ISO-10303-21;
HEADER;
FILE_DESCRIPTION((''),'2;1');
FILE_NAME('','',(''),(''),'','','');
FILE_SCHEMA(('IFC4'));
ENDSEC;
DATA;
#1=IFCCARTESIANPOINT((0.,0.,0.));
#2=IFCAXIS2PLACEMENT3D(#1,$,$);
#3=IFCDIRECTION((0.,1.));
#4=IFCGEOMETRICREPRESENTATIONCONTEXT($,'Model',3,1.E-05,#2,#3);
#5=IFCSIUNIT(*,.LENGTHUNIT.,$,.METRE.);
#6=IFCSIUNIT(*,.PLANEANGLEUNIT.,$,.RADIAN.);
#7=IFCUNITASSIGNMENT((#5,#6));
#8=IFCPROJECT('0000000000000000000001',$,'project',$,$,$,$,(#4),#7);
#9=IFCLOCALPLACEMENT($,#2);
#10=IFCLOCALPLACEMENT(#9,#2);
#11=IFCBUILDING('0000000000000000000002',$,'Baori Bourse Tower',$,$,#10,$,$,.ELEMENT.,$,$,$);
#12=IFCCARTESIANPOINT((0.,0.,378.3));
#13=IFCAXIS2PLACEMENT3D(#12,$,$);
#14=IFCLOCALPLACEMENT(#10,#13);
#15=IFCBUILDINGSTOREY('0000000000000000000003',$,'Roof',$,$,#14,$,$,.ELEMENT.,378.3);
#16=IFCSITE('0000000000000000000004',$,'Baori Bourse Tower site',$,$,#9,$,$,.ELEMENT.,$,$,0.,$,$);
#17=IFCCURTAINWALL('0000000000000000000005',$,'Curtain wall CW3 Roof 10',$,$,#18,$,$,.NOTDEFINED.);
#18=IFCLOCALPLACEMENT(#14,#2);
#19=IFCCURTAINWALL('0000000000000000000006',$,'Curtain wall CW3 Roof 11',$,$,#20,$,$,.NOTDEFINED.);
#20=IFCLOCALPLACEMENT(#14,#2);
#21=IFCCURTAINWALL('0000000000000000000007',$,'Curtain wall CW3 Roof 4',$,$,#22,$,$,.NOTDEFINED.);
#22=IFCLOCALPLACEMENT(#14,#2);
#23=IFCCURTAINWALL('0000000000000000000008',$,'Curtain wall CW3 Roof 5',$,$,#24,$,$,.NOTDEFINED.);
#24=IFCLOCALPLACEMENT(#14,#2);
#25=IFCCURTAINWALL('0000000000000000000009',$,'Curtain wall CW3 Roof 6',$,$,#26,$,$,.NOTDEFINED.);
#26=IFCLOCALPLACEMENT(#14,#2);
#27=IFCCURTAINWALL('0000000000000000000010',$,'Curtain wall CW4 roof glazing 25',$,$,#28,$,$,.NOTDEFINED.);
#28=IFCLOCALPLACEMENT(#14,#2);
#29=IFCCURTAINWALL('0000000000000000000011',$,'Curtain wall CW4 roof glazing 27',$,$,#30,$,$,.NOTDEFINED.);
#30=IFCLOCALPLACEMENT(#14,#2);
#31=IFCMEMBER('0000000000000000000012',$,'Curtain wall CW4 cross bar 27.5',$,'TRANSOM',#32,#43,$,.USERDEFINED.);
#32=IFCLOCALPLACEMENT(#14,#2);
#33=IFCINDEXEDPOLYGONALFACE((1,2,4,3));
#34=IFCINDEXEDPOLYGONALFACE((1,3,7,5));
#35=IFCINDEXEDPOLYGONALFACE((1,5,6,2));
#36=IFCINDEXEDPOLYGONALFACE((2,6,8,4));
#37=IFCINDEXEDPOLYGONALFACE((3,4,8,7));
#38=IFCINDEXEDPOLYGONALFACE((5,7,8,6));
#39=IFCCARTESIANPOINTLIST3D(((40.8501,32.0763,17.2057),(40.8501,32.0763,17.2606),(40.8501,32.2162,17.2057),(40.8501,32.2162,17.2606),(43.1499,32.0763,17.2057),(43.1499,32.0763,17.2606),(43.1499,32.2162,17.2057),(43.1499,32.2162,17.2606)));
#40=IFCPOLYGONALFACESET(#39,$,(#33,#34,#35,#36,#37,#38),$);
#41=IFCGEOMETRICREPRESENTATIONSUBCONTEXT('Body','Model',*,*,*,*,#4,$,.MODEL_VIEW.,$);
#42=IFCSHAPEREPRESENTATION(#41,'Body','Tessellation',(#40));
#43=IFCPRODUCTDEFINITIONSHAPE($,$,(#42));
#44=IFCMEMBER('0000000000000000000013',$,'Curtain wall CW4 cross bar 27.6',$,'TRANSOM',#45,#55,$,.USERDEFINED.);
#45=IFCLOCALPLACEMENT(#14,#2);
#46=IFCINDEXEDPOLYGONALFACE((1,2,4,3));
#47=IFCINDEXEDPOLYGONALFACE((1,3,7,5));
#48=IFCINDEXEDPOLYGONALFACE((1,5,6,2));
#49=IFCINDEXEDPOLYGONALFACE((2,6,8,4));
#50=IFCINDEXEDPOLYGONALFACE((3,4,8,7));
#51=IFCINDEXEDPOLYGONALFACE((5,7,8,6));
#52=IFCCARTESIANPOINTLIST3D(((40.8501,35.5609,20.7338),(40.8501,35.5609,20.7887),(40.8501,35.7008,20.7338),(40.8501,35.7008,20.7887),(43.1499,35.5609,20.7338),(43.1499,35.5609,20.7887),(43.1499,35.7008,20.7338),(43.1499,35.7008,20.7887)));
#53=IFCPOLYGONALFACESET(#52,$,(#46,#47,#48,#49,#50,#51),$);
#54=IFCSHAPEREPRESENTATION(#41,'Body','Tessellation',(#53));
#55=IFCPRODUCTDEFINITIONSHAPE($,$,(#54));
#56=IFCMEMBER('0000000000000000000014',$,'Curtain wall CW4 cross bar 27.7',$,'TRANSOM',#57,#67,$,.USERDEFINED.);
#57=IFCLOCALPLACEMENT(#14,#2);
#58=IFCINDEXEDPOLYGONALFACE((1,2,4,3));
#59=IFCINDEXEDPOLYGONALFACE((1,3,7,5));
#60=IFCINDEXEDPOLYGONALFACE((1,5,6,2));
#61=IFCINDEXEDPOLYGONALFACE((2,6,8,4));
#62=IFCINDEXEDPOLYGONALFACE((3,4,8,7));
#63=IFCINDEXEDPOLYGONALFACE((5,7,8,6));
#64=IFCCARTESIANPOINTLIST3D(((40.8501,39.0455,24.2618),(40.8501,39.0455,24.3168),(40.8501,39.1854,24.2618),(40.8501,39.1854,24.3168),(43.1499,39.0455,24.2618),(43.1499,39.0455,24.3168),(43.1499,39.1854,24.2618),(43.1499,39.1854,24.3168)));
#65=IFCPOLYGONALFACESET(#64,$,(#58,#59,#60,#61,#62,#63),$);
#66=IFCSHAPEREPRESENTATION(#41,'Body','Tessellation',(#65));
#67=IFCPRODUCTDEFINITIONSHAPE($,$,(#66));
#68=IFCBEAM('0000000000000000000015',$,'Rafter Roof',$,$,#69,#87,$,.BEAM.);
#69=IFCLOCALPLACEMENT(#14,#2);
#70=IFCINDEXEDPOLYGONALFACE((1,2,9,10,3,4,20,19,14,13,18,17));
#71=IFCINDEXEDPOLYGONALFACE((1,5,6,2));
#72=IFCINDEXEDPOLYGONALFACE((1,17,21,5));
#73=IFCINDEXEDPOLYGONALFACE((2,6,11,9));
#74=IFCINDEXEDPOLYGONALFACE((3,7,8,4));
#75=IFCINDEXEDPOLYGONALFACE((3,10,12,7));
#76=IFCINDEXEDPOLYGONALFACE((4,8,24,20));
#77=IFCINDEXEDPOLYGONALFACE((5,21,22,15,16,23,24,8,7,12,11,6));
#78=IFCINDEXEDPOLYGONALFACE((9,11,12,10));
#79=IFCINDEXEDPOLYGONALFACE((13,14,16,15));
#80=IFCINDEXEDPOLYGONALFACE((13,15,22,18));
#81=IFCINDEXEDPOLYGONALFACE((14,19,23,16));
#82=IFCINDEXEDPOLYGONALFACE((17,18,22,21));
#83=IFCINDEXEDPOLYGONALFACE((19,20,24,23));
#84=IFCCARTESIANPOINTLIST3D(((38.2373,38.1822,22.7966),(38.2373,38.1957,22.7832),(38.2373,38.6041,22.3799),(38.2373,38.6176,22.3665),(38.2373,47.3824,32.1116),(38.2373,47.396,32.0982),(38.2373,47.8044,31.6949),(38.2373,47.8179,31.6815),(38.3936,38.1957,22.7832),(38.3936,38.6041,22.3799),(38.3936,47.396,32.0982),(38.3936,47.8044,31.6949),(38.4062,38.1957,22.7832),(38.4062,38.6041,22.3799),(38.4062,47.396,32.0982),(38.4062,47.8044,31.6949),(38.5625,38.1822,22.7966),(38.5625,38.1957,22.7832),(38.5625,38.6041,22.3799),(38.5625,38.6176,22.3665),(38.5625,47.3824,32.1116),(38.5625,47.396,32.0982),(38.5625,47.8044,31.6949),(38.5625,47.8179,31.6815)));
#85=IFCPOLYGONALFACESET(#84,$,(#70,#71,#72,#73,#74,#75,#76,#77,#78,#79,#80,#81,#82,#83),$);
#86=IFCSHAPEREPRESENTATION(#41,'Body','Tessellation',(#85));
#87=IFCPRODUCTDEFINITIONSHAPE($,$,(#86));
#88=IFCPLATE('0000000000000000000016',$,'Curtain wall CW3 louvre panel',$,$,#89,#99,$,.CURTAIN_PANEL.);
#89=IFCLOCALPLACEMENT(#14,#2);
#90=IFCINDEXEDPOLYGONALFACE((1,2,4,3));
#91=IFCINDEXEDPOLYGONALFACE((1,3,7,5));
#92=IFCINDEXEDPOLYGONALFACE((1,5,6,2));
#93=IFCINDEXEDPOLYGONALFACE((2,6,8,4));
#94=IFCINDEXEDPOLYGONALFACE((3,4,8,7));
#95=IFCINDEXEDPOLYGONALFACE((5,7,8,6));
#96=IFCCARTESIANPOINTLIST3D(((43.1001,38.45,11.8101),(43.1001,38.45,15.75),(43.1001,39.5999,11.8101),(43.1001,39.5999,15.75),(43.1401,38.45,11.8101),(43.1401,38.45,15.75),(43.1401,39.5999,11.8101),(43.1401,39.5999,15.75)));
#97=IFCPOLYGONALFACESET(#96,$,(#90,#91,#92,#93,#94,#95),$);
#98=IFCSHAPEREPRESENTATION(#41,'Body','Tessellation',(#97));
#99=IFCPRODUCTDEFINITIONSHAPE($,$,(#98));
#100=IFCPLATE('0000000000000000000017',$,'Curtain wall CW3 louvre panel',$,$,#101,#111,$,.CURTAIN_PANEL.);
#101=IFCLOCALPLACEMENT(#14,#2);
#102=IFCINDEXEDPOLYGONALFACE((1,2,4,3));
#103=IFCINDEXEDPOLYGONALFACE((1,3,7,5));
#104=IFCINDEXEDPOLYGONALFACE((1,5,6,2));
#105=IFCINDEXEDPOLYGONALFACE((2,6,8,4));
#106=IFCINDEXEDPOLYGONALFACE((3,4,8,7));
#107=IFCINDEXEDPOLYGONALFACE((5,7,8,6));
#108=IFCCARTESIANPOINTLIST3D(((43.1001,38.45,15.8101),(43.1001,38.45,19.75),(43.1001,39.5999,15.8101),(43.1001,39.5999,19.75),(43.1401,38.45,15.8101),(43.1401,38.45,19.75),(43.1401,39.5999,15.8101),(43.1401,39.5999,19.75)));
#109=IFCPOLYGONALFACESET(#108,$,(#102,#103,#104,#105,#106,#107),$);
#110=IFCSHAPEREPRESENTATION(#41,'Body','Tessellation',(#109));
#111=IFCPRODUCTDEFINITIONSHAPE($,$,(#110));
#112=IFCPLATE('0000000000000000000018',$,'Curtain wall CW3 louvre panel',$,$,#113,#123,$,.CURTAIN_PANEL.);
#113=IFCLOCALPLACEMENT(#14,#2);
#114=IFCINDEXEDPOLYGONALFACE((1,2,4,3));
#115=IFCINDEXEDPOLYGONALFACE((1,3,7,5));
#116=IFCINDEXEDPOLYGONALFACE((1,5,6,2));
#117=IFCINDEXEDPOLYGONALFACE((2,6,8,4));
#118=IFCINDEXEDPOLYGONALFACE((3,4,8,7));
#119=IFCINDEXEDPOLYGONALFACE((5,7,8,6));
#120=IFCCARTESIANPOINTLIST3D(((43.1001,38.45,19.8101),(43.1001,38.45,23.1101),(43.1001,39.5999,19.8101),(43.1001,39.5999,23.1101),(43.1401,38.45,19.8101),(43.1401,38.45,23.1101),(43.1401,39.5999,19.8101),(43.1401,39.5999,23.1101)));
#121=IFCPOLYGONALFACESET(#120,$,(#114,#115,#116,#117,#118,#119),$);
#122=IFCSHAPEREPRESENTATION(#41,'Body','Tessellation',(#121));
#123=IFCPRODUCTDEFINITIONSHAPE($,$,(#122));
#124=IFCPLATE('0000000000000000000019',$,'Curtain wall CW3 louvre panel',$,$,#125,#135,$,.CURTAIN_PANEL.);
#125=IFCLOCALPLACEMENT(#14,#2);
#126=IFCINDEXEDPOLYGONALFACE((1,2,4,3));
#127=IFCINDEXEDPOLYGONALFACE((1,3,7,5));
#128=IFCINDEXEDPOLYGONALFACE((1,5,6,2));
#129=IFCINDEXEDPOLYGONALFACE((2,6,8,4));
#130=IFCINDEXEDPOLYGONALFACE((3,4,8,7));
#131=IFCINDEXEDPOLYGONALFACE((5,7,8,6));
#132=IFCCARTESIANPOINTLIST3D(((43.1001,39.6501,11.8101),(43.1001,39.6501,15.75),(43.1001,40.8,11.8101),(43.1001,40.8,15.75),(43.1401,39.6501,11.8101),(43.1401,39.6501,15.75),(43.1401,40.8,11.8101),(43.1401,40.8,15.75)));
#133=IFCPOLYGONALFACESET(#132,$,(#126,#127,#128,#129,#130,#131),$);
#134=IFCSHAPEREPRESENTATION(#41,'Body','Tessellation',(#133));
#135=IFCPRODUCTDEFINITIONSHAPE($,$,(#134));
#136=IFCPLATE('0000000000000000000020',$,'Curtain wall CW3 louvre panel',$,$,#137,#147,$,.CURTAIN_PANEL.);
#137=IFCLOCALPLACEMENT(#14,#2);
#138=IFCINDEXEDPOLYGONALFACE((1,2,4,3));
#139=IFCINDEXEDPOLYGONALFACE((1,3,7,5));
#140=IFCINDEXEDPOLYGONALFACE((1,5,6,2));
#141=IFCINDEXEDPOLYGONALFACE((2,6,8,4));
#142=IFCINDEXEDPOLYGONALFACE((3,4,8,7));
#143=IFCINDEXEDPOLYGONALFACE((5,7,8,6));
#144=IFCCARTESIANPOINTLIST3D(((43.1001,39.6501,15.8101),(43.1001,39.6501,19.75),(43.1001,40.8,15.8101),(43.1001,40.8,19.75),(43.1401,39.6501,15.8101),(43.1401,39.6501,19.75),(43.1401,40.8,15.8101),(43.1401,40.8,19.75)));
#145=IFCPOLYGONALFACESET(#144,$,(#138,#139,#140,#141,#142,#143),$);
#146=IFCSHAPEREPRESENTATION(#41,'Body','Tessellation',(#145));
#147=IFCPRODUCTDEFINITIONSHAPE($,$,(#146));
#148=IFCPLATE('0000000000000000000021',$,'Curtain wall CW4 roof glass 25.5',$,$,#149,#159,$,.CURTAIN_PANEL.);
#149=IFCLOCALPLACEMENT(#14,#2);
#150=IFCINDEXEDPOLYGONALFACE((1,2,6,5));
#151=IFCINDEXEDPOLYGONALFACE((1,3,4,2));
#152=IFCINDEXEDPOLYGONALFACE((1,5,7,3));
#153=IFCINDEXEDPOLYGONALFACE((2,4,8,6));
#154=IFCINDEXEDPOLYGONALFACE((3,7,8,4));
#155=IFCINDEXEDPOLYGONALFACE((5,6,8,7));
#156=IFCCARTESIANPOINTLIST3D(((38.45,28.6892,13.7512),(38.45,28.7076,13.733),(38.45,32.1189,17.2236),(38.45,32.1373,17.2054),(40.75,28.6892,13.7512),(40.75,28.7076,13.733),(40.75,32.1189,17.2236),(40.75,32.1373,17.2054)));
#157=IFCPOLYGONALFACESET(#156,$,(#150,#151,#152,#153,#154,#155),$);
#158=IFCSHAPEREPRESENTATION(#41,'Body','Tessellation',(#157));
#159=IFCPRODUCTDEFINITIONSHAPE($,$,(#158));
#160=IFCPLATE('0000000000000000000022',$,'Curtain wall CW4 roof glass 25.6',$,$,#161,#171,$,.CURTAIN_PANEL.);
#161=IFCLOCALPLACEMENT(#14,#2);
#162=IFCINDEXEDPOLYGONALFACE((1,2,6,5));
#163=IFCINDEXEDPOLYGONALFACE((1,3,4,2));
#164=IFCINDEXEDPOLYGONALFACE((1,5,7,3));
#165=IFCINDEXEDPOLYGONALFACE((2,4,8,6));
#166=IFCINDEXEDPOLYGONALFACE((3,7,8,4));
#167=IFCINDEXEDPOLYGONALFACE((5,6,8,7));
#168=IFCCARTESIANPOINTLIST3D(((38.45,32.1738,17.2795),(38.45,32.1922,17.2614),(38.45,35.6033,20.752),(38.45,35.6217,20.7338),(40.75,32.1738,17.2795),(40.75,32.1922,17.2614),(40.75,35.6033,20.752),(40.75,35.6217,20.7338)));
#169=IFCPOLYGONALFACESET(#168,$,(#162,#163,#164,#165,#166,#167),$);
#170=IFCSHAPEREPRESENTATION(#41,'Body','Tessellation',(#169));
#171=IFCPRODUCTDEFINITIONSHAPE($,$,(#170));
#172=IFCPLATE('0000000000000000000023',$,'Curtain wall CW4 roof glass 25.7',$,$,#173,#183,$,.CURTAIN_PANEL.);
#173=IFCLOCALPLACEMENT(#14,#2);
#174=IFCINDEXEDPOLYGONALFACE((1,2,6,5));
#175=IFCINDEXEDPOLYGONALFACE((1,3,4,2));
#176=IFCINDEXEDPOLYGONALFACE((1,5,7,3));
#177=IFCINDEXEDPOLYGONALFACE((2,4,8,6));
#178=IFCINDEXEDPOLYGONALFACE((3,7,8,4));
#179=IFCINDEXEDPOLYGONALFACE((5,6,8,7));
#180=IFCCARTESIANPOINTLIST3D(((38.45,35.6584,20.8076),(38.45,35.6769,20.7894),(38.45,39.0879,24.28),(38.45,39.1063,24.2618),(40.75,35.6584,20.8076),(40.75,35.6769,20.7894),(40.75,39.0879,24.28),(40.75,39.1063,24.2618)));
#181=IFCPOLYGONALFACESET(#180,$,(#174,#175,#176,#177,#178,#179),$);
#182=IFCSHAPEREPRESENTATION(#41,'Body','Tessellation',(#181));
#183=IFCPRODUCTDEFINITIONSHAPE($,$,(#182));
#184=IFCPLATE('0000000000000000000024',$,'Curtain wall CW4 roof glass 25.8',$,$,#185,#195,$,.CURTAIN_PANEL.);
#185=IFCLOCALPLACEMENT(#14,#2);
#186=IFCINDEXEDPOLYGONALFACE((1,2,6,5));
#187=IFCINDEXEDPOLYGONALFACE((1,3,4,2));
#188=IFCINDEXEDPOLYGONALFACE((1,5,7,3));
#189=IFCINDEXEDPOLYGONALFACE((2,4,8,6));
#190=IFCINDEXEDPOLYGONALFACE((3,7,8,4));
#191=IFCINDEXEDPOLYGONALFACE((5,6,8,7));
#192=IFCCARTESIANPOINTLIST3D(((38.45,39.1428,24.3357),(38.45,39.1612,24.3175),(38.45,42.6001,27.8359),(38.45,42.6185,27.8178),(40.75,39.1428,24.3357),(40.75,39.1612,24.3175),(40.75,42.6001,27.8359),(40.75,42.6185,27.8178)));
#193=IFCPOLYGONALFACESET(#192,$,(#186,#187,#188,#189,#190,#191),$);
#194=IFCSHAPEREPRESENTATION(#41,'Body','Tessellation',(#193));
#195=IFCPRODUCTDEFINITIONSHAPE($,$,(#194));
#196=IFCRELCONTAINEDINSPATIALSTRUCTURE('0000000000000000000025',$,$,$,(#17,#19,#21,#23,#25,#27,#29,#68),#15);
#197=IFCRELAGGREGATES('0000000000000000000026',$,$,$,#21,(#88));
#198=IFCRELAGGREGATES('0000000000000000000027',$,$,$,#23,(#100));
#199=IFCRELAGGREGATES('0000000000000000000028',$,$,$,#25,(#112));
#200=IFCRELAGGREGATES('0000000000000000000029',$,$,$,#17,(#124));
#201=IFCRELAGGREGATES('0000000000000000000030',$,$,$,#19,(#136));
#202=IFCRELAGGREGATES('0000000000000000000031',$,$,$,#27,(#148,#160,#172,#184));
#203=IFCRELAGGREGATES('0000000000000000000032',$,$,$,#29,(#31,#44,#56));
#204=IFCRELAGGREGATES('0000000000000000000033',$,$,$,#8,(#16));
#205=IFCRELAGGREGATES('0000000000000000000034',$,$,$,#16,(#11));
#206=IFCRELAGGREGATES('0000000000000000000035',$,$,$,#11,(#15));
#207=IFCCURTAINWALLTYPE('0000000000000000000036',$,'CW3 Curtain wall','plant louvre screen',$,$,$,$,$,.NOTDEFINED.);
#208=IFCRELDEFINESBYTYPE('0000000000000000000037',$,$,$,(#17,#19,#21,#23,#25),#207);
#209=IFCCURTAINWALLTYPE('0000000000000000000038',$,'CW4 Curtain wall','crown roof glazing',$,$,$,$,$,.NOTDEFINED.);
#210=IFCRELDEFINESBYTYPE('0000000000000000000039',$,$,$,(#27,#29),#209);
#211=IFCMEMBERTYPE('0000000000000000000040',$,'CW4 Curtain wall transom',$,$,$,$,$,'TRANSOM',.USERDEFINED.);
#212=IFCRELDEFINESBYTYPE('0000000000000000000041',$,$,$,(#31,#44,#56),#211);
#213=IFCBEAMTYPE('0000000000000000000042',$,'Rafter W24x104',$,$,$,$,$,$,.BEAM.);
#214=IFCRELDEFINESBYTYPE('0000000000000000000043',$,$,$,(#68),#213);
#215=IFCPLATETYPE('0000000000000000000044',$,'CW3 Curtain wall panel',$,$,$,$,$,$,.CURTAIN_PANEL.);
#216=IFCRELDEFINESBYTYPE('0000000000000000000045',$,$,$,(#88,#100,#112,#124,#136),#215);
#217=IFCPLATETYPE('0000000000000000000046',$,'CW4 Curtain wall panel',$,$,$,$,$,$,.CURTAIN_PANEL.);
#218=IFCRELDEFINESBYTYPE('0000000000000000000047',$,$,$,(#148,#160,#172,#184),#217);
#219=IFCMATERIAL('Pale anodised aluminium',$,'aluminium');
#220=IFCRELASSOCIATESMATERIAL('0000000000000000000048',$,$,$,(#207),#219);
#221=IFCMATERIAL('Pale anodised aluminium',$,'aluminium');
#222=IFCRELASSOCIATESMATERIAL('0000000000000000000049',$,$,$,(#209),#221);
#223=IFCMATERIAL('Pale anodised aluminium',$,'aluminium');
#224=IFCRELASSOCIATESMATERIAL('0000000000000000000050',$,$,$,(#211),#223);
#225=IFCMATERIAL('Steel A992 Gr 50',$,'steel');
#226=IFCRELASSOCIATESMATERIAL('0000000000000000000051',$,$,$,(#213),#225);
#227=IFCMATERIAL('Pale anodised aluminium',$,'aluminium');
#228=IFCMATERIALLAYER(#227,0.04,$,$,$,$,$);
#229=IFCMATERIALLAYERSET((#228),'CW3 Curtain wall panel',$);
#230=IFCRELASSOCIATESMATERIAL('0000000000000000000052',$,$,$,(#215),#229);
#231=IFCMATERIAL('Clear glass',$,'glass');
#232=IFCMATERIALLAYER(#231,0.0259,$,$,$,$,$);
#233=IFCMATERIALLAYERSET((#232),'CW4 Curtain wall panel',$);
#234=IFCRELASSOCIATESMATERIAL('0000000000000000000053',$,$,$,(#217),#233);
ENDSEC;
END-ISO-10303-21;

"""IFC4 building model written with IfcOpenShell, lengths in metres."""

from ifc_helpers import new_model, si_unit, direction, frame, origin, origin_2d, place, context, subcontext, project, spatial, polyline, rectangle, i_section, outline, extrude, material, layer, layer_set, material_profile, profile_set, type_object, element, aggregate, save


model = new_model("IFC4")

# Units and contexts
model_context = context("Model", 3, precision=1e-05, world=origin(), true_north=direction((0.0, 1.0)))
body_context = subcontext(model_context, "Body", "Model", "MODEL_VIEW")
ifc_project = project(units=[si_unit("LENGTHUNIT", "METRE"), si_unit("PLANEANGLEUNIT", "RADIAN")], contexts=[model_context])

# Site, building, storey
site_placement = place(None, origin())
site = spatial("IfcSite", under=ifc_project, at=site_placement, Name="Baori Bourse Tower site", CompositionType="ELEMENT", RefElevation=0.0)
building_placement = place(site_placement, origin())
building = spatial("IfcBuilding", under=site, at=building_placement, Name="Baori Bourse Tower", CompositionType="ELEMENT")
storey_placement = place(building_placement, frame((0.0, 0.0, 378.3)))
storey = spatial("IfcBuildingStorey", under=building, at=storey_placement, Name="Roof", CompositionType="ELEMENT", Elevation=378.3)

# Curtain walls
ifc_material_1 = material(Name="Pale anodised aluminium", Category="aluminium")
curtain_wall_type_1 = type_object("IfcCurtainWallType", Name="CW3 Curtain wall", Description="plant louvre screen", PredefinedType="NOTDEFINED", material=ifc_material_1)
curtain_wall_1_placement = place(storey_placement, origin())
curtain_wall_1 = element("IfcCurtainWall", 1, at=curtain_wall_1_placement, inside=storey, type_object=curtain_wall_type_1, Name="Curtain wall CW3 Roof 10", PredefinedType="NOTDEFINED")
curtain_wall_2_placement = place(storey_placement, origin())
curtain_wall_2 = element("IfcCurtainWall", 2, at=curtain_wall_2_placement, inside=storey, type_object=curtain_wall_type_1, Name="Curtain wall CW3 Roof 11", PredefinedType="NOTDEFINED")
curtain_wall_3_placement = place(storey_placement, origin())
curtain_wall_3 = element("IfcCurtainWall", 3, at=curtain_wall_3_placement, inside=storey, type_object=curtain_wall_type_1, Name="Curtain wall CW3 Roof 4", PredefinedType="NOTDEFINED")
curtain_wall_4_placement = place(storey_placement, origin())
curtain_wall_4 = element("IfcCurtainWall", 4, at=curtain_wall_4_placement, inside=storey, type_object=curtain_wall_type_1, Name="Curtain wall CW3 Roof 5", PredefinedType="NOTDEFINED")
curtain_wall_5_placement = place(storey_placement, origin())
curtain_wall_5 = element("IfcCurtainWall", 5, at=curtain_wall_5_placement, inside=storey, type_object=curtain_wall_type_1, Name="Curtain wall CW3 Roof 6", PredefinedType="NOTDEFINED")

# Curtain walls, members
ifc_material_2 = material(Name="Pale anodised aluminium", Category="aluminium")
curtain_wall_type_2 = type_object("IfcCurtainWallType", Name="CW4 Curtain wall", Description="crown roof glazing", PredefinedType="NOTDEFINED", material=ifc_material_2)
curtain_wall_6_placement = place(storey_placement, origin())
curtain_wall_6 = element("IfcCurtainWall", 6, at=curtain_wall_6_placement, inside=storey, type_object=curtain_wall_type_2, Name="Curtain wall CW4 roof glazing 25", PredefinedType="NOTDEFINED")
ifc_material_3 = material(Name="Pale anodised aluminium", Category="aluminium")
ifc_material_profile_1 = material_profile(ifc_material_3, rectangle(XDim=0.1399, YDim=0.0549, at=origin_2d()), Name="Transom 55x140")
ifc_profile_set_1 = profile_set([ifc_material_profile_1], Name="Pale anodised aluminium")
member_type_1 = type_object("IfcMemberType", Name="CW4 Curtain wall transom", ElementType="TRANSOM", PredefinedType="USERDEFINED", material=ifc_profile_set_1)
curtain_wall_7_placement = place(storey_placement, origin())
curtain_wall_7 = element("IfcCurtainWall", 7, at=curtain_wall_7_placement, inside=storey, type_object=curtain_wall_type_2, Name="Curtain wall CW4 roof glazing 27", PredefinedType="NOTDEFINED")
member_1_placement = place(storey_placement, frame((40.8501, 32.1462, 17.2332), z_axis=(1.0, 0.0, 0.0), x_axis=(0.0, 1.0, 0.0)))
member_1 = element("IfcMember", 8, at=member_1_placement, type_object=member_type_1, Name="Curtain wall CW4 cross bar 27.5", ObjectType="TRANSOM", PredefinedType="USERDEFINED", context=body_context, shape_type="SweptSolid", body=[
    extrude(rectangle(XDim=0.1399, YDim=0.0549, at=origin_2d()), origin(), (0.0, 0.0, 1.0), 2.2998),
])
member_2_placement = place(storey_placement, frame((40.8501, 35.6309, 20.7612), z_axis=(1.0, 0.0, 0.0), x_axis=(0.0, 1.0, 0.0)))
member_2 = element("IfcMember", 9, at=member_2_placement, type_object=member_type_1, Name="Curtain wall CW4 cross bar 27.6", ObjectType="TRANSOM", PredefinedType="USERDEFINED", context=body_context, shape_type="SweptSolid", body=[
    extrude(rectangle(XDim=0.1399, YDim=0.0549, at=origin_2d()), origin(), (0.0, 0.0, 1.0), 2.2998),
])
member_3_placement = place(storey_placement, frame((40.8501, 39.1155, 24.2893), z_axis=(1.0, 0.0, 0.0), x_axis=(0.0, 1.0, 0.0)))
member_3 = element("IfcMember", 10, at=member_3_placement, type_object=member_type_1, Name="Curtain wall CW4 cross bar 27.7", ObjectType="TRANSOM", PredefinedType="USERDEFINED", context=body_context, shape_type="SweptSolid", body=[
    extrude(rectangle(XDim=0.1399, YDim=0.0549, at=origin_2d()), origin(), (0.0, 0.0, 1.0), 2.2998),
])

# Beam
ifc_material_4 = material(Name="Steel A992 Gr 50", Category="steel")
ifc_material_profile_2 = material_profile(ifc_material_4, i_section(OverallWidth=0.3252, OverallDepth=0.6121, WebThickness=0.0127, FlangeThickness=0.019, at=origin_2d()), Name="W24x104")
ifc_profile_set_2 = profile_set([ifc_material_profile_2], Name="Steel A992 Gr 50")
beam_type = type_object("IfcBeamType", Name="Rafter W24x104", PredefinedType="BEAM", material=ifc_profile_set_2)
beam_placement = place(storey_placement, frame((38.3999, 38.3999, 22.5815), z_axis=(0.0, 0.702711, 0.711475), x_axis=(-1.0, 0.0, 0.0)))
element("IfcBeam", 11, at=beam_placement, inside=storey, type_object=beam_type, Name="Rafter Roof", PredefinedType="BEAM", context=body_context, shape_type="SweptSolid", body=[
    extrude(i_section(OverallWidth=0.3252, OverallDepth=0.6121, WebThickness=0.0127, FlangeThickness=0.019, at=origin_2d()), origin(), (0.0, 0.0, 1.0), 13.0925),
])

# Plates
ifc_material_5 = material(Name="Pale anodised aluminium", Category="aluminium")
ifc_layer_1 = layer(ifc_material_5, 0.04)
ifc_layer_set_1 = layer_set([ifc_layer_1], Name="CW3 Curtain wall panel")
plate_type_1 = type_object("IfcPlateType", Name="CW3 Curtain wall panel", PredefinedType="CURTAIN_PANEL", material=ifc_layer_set_1)
plate_1_placement = place(storey_placement, frame((43.1201, 39.0249, 11.8101), z_axis=(0.0, 0.0, 1.0), x_axis=(0.0, 1.0, 0.0)))
plate_1 = element("IfcPlate", 12, at=plate_1_placement, type_object=plate_type_1, Name="Curtain wall CW3 louvre panel", PredefinedType="CURTAIN_PANEL", context=body_context, shape_type="SweptSolid", body=[
    extrude(rectangle(XDim=1.1499, YDim=0.04, at=origin_2d()), origin(), (0.0, 0.0, 1.0), 3.9399),
])
aggregate(curtain_wall_3, [plate_1])
plate_2_placement = place(storey_placement, frame((43.1201, 39.0249, 15.8101), z_axis=(0.0, 0.0, 1.0), x_axis=(0.0, 1.0, 0.0)))
plate_2 = element("IfcPlate", 13, at=plate_2_placement, type_object=plate_type_1, Name="Curtain wall CW3 louvre panel", PredefinedType="CURTAIN_PANEL", context=body_context, shape_type="SweptSolid", body=[
    extrude(rectangle(XDim=1.1499, YDim=0.04, at=origin_2d()), origin(), (0.0, 0.0, 1.0), 3.9399),
])
aggregate(curtain_wall_4, [plate_2])
plate_3_placement = place(storey_placement, frame((43.1201, 39.0249, 19.8101), z_axis=(0.0, 0.0, 1.0), x_axis=(0.0, 1.0, 0.0)))
plate_3 = element("IfcPlate", 14, at=plate_3_placement, type_object=plate_type_1, Name="Curtain wall CW3 louvre panel", PredefinedType="CURTAIN_PANEL", context=body_context, shape_type="SweptSolid", body=[
    extrude(rectangle(XDim=1.1499, YDim=0.04, at=origin_2d()), origin(), (0.0, 0.0, 1.0), 3.3),
])
aggregate(curtain_wall_5, [plate_3])
plate_4_placement = place(storey_placement, frame((43.1201, 40.2251, 11.8101), z_axis=(0.0, 0.0, 1.0), x_axis=(0.0, 1.0, 0.0)))
plate_4 = element("IfcPlate", 15, at=plate_4_placement, type_object=plate_type_1, Name="Curtain wall CW3 louvre panel", PredefinedType="CURTAIN_PANEL", context=body_context, shape_type="SweptSolid", body=[
    extrude(rectangle(XDim=1.1499, YDim=0.04, at=origin_2d()), origin(), (0.0, 0.0, 1.0), 3.9399),
])
aggregate(curtain_wall_1, [plate_4])
plate_5_placement = place(storey_placement, frame((43.1201, 40.2251, 15.8101), z_axis=(0.0, 0.0, 1.0), x_axis=(0.0, 1.0, 0.0)))
plate_5 = element("IfcPlate", 16, at=plate_5_placement, type_object=plate_type_1, Name="Curtain wall CW3 louvre panel", PredefinedType="CURTAIN_PANEL", context=body_context, shape_type="SweptSolid", body=[
    extrude(rectangle(XDim=1.1499, YDim=0.04, at=origin_2d()), origin(), (0.0, 0.0, 1.0), 3.9399),
])
aggregate(curtain_wall_2, [plate_5])
ifc_material_6 = material(Name="Clear glass", Category="glass")
ifc_layer_2 = layer(ifc_material_6, 0.0259)
ifc_layer_set_2 = layer_set([ifc_layer_2], Name="CW4 Curtain wall panel")
plate_type_2 = type_object("IfcPlateType", Name="CW4 Curtain wall panel", PredefinedType="CURTAIN_PANEL", material=ifc_layer_set_2)
plate_6_placement = place(storey_placement, frame((38.45, 28.6892, 13.7512), z_axis=(0.0, -0.71147, 0.702716), x_axis=(1.0, 0.0, 0.0)))
plate_6 = element("IfcPlate", 17, at=plate_6_placement, type_object=plate_type_2, Name="Curtain wall CW4 roof glass 25.5", PredefinedType="CURTAIN_PANEL", context=body_context, shape_type="SweptSolid", body=[
    extrude(outline(polyline([(0.0, 0.0), (2.3, 0.0), (2.3, 4.8806), (0.0, 4.8806), (0.0, 0.0)])), origin(), (0.0, 0.0, -1.0), 0.0259),
])
plate_7_placement = place(storey_placement, frame((38.45, 32.1738, 17.2795), z_axis=(0.0, -0.711495, 0.702691), x_axis=(1.0, 0.0, 0.0)))
plate_7 = element("IfcPlate", 18, at=plate_7_placement, type_object=plate_type_2, Name="Curtain wall CW4 roof glass 25.6", PredefinedType="CURTAIN_PANEL", context=body_context, shape_type="SweptSolid", body=[
    extrude(outline(polyline([(0.0, 0.0), (2.3, 0.0), (2.3, 4.8804), (0.0, 4.8804), (0.0, 0.0)])), origin(), (0.0, 0.0, -1.0), 0.0259),
])
plate_8_placement = place(storey_placement, frame((38.45, 35.6584, 20.8076), z_axis=(0.0, -0.711495, 0.702691), x_axis=(1.0, 0.0, 0.0)))
plate_8 = element("IfcPlate", 19, at=plate_8_placement, type_object=plate_type_2, Name="Curtain wall CW4 roof glass 25.7", PredefinedType="CURTAIN_PANEL", context=body_context, shape_type="SweptSolid", body=[
    extrude(outline(polyline([(0.0, 0.0), (2.3, 0.0), (2.3, 4.8804), (0.0, 4.8804), (0.0, 0.0)])), origin(), (0.0, 0.0, -1.0), 0.0259),
])
plate_9_placement = place(storey_placement, frame((38.45, 39.1428, 24.3357), z_axis=(0.0, -0.71146, 0.702726), x_axis=(1.0, 0.0, 0.0)))
plate_9 = element("IfcPlate", 20, at=plate_9_placement, type_object=plate_type_2, Name="Curtain wall CW4 roof glass 25.8", PredefinedType="CURTAIN_PANEL", context=body_context, shape_type="SweptSolid", body=[
    extrude(outline(polyline([(0.0, 0.0), (2.3, 0.0), (2.3, 4.9198), (0.0, 4.9198), (0.0, 0.0)])), origin(), (0.0, 0.0, -1.0), 0.0259),
])
aggregate(curtain_wall_6, [plate_6, plate_7, plate_8, plate_9])
aggregate(curtain_wall_7, [member_1, member_2, member_3])

save(model, "model.ifc")
